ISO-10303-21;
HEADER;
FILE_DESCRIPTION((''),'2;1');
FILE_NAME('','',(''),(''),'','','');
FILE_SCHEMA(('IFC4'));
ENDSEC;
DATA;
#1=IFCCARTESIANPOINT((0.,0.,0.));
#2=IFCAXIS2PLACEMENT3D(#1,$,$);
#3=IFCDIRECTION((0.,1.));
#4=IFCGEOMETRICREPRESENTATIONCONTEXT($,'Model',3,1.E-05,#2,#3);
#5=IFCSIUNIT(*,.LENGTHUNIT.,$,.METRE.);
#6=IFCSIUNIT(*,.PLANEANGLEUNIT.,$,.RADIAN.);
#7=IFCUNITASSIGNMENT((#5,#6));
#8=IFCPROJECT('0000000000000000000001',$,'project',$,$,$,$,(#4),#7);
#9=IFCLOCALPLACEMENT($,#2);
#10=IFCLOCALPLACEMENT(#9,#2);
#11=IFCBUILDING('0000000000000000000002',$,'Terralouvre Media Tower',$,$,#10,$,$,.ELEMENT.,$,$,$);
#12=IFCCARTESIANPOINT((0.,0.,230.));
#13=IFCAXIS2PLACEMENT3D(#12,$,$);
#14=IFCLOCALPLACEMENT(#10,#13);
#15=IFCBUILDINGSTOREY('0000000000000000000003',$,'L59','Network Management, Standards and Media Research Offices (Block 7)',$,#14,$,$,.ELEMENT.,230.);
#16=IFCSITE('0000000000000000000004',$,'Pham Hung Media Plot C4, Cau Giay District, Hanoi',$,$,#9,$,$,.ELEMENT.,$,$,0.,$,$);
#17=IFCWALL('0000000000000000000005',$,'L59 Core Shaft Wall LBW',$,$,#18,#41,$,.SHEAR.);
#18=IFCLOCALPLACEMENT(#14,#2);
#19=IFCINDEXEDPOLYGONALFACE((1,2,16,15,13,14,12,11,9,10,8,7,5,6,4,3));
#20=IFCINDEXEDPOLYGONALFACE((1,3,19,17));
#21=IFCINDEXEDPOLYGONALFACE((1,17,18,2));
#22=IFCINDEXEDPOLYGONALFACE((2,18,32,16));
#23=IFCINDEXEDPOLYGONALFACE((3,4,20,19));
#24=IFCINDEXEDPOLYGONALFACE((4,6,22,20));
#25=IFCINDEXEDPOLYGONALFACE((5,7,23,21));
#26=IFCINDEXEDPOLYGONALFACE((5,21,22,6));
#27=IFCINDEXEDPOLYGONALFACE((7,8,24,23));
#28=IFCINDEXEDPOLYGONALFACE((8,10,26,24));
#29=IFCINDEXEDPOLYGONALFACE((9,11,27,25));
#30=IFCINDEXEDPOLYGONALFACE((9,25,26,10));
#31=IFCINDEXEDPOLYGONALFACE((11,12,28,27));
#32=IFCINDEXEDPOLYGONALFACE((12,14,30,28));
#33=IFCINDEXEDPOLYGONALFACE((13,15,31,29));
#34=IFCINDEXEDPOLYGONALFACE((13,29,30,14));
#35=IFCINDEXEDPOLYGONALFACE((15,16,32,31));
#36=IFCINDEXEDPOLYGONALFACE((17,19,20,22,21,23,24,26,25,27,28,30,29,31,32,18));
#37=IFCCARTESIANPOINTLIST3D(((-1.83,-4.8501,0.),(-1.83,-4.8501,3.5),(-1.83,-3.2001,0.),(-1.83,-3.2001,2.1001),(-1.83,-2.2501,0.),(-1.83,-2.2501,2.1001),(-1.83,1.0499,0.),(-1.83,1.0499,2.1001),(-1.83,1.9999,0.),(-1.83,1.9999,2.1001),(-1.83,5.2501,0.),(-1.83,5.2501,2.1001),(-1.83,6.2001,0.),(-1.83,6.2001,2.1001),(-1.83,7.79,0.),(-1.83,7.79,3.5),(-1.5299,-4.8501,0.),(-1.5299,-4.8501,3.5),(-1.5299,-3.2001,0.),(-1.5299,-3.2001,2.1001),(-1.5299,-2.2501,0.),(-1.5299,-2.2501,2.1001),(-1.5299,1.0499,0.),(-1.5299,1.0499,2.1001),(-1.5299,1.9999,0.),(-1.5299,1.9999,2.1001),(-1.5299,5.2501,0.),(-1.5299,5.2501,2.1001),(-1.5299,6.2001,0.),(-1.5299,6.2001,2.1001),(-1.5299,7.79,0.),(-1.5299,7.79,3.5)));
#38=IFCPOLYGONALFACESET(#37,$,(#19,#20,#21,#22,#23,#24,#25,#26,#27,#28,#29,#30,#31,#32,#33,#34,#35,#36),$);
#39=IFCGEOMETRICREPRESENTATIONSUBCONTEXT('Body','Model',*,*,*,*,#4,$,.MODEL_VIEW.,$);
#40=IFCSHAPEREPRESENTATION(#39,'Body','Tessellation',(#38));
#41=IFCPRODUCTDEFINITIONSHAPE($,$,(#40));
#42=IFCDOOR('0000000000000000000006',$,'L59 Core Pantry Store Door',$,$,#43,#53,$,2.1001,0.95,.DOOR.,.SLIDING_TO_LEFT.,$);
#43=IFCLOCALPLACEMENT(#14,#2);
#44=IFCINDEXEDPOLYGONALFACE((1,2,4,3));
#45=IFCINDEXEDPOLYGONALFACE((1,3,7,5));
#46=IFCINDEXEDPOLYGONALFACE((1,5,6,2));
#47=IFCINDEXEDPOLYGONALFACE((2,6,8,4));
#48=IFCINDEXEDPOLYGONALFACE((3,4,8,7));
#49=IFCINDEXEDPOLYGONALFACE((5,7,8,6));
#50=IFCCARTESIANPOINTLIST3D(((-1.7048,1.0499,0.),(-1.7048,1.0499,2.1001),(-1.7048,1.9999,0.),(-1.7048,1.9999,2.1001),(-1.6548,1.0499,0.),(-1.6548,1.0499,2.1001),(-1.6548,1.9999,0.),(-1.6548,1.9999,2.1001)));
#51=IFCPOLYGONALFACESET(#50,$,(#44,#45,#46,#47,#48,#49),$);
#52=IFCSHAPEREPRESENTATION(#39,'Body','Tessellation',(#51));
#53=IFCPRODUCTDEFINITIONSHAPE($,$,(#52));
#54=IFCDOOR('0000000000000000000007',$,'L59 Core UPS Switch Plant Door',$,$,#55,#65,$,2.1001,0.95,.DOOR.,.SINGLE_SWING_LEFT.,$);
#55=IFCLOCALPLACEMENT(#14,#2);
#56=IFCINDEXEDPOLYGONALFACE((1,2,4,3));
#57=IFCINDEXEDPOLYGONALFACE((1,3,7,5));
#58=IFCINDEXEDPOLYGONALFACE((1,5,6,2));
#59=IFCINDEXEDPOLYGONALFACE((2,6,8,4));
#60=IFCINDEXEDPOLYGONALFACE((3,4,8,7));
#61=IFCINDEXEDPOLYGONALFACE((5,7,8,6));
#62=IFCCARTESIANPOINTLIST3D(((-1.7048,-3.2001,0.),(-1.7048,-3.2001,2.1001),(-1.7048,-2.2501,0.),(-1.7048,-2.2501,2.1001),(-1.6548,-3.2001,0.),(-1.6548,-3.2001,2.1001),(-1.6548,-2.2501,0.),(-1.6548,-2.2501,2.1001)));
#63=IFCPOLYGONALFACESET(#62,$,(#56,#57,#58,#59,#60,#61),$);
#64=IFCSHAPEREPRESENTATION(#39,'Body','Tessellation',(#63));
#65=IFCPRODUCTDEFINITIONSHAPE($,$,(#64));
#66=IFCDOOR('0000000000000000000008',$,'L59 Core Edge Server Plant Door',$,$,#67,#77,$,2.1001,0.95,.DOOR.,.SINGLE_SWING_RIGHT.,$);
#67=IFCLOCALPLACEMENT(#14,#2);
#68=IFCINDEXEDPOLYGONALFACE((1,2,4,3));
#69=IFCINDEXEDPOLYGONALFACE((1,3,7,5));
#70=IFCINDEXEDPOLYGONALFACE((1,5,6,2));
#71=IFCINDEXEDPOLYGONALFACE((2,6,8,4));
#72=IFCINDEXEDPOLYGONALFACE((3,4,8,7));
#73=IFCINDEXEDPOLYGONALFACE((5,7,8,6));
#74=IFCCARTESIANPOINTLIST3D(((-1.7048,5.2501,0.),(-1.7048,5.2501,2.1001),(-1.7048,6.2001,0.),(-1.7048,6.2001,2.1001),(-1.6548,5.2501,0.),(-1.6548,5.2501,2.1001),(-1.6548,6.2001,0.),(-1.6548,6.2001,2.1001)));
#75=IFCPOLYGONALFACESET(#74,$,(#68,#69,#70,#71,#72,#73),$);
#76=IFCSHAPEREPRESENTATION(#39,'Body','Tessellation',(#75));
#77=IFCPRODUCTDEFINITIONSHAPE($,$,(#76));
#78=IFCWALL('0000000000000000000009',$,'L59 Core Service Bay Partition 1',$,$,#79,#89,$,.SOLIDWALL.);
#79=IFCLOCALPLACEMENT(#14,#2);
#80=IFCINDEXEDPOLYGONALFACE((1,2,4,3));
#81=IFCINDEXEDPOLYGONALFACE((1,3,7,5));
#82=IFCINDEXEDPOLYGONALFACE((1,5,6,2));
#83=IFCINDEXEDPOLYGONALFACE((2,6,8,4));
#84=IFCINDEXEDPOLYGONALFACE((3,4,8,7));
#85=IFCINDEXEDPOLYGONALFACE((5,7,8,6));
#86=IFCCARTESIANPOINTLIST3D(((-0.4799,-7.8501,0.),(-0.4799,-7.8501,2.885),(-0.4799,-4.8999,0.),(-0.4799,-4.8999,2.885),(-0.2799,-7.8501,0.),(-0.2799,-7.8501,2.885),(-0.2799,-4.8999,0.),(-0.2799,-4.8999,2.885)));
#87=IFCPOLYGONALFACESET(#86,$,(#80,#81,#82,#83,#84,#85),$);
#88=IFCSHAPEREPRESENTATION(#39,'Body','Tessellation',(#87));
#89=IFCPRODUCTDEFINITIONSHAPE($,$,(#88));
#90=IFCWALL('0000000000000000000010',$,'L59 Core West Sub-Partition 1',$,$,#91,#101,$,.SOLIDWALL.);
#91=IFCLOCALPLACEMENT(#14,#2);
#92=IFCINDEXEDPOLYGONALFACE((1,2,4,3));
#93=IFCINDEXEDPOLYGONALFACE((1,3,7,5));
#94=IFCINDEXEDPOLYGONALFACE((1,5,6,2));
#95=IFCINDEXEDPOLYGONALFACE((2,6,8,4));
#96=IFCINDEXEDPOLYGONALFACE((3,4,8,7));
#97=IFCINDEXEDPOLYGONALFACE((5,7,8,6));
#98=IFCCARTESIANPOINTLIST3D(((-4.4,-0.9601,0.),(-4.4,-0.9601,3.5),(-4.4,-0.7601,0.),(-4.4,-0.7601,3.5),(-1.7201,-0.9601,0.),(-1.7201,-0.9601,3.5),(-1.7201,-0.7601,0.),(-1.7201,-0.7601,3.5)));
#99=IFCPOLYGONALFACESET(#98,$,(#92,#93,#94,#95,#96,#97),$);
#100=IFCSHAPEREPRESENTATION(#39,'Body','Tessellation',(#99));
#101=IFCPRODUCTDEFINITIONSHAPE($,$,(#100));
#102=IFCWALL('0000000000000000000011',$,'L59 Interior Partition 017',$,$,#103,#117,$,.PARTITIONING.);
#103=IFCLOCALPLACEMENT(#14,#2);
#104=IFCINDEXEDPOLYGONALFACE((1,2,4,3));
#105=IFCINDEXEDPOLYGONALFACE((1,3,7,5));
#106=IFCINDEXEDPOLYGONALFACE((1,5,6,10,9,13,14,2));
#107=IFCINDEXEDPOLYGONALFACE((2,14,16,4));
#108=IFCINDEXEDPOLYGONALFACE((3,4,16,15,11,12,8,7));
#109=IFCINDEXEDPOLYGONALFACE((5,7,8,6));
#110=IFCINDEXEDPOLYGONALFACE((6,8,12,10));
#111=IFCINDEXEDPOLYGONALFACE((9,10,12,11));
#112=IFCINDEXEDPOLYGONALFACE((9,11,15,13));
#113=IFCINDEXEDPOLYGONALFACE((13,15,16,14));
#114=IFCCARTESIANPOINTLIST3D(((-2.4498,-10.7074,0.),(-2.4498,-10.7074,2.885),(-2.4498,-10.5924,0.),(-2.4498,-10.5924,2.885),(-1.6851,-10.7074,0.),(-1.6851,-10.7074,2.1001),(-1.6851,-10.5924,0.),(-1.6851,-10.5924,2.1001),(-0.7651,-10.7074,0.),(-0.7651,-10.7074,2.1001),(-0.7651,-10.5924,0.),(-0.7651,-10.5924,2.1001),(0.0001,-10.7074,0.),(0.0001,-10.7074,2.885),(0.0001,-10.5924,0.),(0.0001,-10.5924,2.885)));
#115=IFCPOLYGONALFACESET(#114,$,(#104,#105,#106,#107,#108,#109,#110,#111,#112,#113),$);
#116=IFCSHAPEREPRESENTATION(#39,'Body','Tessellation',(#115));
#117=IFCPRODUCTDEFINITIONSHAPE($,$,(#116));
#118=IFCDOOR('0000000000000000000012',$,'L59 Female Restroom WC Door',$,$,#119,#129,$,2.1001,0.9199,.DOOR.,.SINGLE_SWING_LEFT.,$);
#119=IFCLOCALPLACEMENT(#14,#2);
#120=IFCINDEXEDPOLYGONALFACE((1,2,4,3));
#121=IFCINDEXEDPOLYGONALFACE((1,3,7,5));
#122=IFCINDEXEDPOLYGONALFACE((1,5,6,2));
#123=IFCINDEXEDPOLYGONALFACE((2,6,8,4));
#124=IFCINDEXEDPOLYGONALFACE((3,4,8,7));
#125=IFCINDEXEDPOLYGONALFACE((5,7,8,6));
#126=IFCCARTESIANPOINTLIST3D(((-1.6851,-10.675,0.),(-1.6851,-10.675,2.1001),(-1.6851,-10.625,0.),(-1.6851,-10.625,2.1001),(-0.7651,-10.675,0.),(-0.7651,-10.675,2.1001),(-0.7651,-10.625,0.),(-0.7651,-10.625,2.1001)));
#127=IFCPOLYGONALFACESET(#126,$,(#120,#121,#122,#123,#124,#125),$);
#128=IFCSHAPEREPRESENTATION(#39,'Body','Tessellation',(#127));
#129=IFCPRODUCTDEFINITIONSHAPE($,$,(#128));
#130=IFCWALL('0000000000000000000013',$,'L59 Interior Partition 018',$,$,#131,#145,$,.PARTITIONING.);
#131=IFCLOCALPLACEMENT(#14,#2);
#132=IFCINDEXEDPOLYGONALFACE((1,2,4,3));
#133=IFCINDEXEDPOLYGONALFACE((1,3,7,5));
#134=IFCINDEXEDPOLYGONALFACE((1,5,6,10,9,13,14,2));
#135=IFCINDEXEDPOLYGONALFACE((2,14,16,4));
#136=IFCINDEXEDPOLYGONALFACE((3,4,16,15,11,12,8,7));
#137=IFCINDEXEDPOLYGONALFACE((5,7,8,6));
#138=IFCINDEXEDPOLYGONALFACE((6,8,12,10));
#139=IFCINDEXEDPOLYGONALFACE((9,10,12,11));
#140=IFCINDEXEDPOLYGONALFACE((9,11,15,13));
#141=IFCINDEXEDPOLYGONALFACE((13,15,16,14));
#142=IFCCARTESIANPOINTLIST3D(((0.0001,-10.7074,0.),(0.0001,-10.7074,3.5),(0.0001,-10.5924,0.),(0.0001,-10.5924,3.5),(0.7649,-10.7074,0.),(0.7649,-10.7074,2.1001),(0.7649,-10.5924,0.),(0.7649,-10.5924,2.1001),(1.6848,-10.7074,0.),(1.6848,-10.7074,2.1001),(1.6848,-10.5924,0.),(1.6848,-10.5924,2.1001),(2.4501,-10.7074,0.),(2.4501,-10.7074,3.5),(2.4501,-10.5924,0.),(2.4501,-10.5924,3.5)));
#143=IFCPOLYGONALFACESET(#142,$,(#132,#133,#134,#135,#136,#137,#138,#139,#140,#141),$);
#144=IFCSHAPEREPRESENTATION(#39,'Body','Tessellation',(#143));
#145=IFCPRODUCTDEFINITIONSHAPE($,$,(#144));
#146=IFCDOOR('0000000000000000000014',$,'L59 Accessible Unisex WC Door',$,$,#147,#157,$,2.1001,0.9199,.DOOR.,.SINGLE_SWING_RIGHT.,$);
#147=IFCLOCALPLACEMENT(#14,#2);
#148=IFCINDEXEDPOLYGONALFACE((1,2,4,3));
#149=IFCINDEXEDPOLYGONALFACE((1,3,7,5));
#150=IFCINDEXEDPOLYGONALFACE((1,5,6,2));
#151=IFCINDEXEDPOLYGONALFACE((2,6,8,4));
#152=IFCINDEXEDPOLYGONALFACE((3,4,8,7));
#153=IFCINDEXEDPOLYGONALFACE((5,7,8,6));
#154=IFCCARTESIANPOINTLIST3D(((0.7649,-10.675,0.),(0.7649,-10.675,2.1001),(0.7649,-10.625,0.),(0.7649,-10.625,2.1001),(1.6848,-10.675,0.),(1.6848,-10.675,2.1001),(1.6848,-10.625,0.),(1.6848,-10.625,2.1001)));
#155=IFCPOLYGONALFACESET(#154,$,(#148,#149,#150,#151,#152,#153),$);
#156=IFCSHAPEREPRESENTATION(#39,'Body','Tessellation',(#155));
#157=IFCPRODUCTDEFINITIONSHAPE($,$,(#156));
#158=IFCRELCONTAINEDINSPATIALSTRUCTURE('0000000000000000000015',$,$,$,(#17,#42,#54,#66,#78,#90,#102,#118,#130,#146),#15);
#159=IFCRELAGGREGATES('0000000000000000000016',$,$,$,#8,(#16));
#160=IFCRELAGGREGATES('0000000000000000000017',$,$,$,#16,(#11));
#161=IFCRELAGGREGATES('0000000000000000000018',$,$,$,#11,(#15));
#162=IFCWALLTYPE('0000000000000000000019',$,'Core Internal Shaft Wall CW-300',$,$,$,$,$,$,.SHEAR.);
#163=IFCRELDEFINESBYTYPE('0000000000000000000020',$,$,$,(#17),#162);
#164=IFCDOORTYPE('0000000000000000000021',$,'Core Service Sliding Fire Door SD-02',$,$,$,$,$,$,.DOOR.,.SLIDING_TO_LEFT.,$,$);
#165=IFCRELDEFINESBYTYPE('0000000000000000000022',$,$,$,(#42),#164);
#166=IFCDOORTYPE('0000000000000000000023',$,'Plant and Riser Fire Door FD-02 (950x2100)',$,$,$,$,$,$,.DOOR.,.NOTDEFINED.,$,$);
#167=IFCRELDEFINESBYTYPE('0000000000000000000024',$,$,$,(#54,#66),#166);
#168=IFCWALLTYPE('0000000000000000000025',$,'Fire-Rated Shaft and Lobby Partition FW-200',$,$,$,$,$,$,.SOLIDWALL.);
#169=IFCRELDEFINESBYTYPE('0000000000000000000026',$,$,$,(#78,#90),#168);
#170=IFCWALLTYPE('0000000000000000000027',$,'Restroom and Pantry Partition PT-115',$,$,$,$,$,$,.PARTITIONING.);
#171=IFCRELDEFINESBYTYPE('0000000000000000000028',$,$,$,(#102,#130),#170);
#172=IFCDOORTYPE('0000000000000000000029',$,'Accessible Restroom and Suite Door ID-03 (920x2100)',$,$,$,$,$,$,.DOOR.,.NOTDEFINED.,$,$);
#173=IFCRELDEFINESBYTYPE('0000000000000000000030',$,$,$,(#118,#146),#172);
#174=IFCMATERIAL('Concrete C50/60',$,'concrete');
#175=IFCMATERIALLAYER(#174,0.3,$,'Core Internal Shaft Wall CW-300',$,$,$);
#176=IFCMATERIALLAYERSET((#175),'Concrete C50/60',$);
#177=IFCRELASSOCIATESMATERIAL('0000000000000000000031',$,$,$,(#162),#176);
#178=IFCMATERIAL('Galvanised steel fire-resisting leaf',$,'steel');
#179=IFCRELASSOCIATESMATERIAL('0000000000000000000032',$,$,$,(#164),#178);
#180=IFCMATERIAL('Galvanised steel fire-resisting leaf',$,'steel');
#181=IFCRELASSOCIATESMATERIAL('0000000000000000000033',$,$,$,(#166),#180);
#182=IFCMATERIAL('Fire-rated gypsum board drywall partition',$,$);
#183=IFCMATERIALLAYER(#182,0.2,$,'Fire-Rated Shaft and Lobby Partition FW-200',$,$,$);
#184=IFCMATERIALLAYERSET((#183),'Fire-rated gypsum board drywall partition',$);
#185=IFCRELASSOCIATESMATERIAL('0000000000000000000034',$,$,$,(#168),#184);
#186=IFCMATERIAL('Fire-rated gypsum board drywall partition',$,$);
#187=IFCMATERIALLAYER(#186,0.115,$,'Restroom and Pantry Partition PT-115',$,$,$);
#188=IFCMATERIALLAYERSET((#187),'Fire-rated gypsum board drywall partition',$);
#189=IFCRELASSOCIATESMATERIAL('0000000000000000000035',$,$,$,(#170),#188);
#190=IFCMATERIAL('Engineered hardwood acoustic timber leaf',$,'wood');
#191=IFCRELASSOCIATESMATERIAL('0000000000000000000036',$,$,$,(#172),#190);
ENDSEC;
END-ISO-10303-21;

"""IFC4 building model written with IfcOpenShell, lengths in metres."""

from ifc_helpers import new_model, si_unit, direction, frame, frame_2d, origin, place, context, subcontext, project, spatial, rectangle, extrude, material, layer, layer_set, type_object, element, fill, save


model = new_model("IFC4")

# Units and contexts
model_context = context("Model", 3, precision=1e-05, world=origin(), true_north=direction((0.0, 1.0)))
body_context = subcontext(model_context, "Body", "Model", "MODEL_VIEW")
ifc_project = project(units=[si_unit("LENGTHUNIT", "METRE"), si_unit("PLANEANGLEUNIT", "RADIAN")], contexts=[model_context])

# Site, building, storey
site_placement = place(None, origin())
site = spatial("IfcSite", under=ifc_project, at=site_placement, Name="Pham Hung Media Plot C4, Cau Giay District, Hanoi", CompositionType="ELEMENT", RefElevation=0.0)
building_placement = place(site_placement, origin())
building = spatial("IfcBuilding", under=site, at=building_placement, Name="Terralouvre Media Tower", CompositionType="ELEMENT")
storey_placement = place(building_placement, frame((0.0, 0.0, 230.0)))
storey = spatial("IfcBuildingStorey", under=building, at=storey_placement, Name="L59", Description="Network Management, Standards and Media Research Offices (Block 7)", CompositionType="ELEMENT", Elevation=230.0)

# Shared definitions
ifc_material_1 = material(Name="Concrete C50/60", Category="concrete")
ifc_layer_1 = layer(ifc_material_1, 0.3, Name="Core Internal Shaft Wall CW-300")
ifc_layer_set_1 = layer_set([ifc_layer_1], Name="Concrete C50/60")
wall_type_1 = type_object("IfcWallType", Name="Core Internal Shaft Wall CW-300", PredefinedType="SHEAR", material=ifc_layer_set_1)

# Wall, openings, doors
wall_1_placement = place(storey_placement, frame((-1.6799, -4.8501, 0.0), z_axis=(0.0, 0.0, 1.0), x_axis=(0.0, 1.0, 0.0)))
wall_1 = element("IfcWall", 1, at=wall_1_placement, inside=storey, type_object=wall_type_1, Name="L59 Core Shaft Wall LBW", PredefinedType="SHEAR", context=body_context, shape_type="SweptSolid", body=[
    extrude(rectangle(XDim=12.6401, YDim=0.3, at=frame_2d((6.3201, 0.0))), origin(), (0.0, 0.0, 1.0), 3.5),
])
opening_1_placement = place(wall_1_placement, frame((1.6499, 0.0, 0.0)))
opening_1 = element("IfcOpeningElement", 2, at=opening_1_placement, cuts=wall_1, PredefinedType="OPENING", context=body_context, shape_type="SweptSolid", body=[
    extrude(rectangle(XDim=0.95, YDim=2.1001, at=frame_2d((0.4751, 1.05))), frame((0.0, 0.1599, 0.0), z_axis=(0.0, -1.0, 0.0), x_axis=(1.0, 0.0, 0.0)), (0.0, 0.0, 1.0), 0.3201),
])
opening_2_placement = place(wall_1_placement, frame((5.8999, 0.0, 0.0)))
opening_2 = element("IfcOpeningElement", 3, at=opening_2_placement, cuts=wall_1, PredefinedType="OPENING", context=body_context, shape_type="SweptSolid", body=[
    extrude(rectangle(XDim=0.95, YDim=2.1001, at=frame_2d((0.4751, 1.05))), frame((0.0, 0.1599, 0.0), z_axis=(0.0, -1.0, 0.0), x_axis=(1.0, 0.0, 0.0)), (0.0, 0.0, 1.0), 0.3201),
])
opening_3_placement = place(wall_1_placement, frame((10.1001, 0.0, 0.0)))
opening_3 = element("IfcOpeningElement", 4, at=opening_3_placement, cuts=wall_1, PredefinedType="OPENING", context=body_context, shape_type="SweptSolid", body=[
    extrude(rectangle(XDim=0.95, YDim=2.1001, at=frame_2d((0.4751, 1.05))), frame((0.0, 0.1599, 0.0), z_axis=(0.0, -1.0, 0.0), x_axis=(1.0, 0.0, 0.0)), (0.0, 0.0, 1.0), 0.3201),
])
ifc_material_2 = material(Name="Galvanised steel fire-resisting leaf", Category="steel")
door_type_1 = type_object("IfcDoorType", Name="Core Service Sliding Fire Door SD-02", OperationType="SLIDING_TO_LEFT", PredefinedType="DOOR", material=ifc_material_2)
door_1_placement = place(opening_2_placement, origin())
door_1 = element("IfcDoor", 5, at=door_1_placement, inside=storey, type_object=door_type_1, Name="L59 Core Pantry Store Door", OperationType="SLIDING_TO_LEFT", OverallHeight=2.1001, OverallWidth=0.95, PredefinedType="DOOR", context=body_context, shape_type="SweptSolid", body=[
    extrude(rectangle(XDim=0.95, YDim=2.1001, at=frame_2d((0.4751, 1.05))), frame((0.0, 0.0249, 0.0), z_axis=(0.0, -1.0, 0.0), x_axis=(1.0, 0.0, 0.0)), (0.0, 0.0, 1.0), 0.05),
])
fill(opening_2, door_1)
ifc_material_3 = material(Name="Galvanised steel fire-resisting leaf", Category="steel")
door_type_2 = type_object("IfcDoorType", Name="Plant and Riser Fire Door FD-02 (950x2100)", OperationType="NOTDEFINED", PredefinedType="DOOR", material=ifc_material_3)
door_2_placement = place(opening_1_placement, origin())
door_2 = element("IfcDoor", 6, at=door_2_placement, inside=storey, type_object=door_type_2, Name="L59 Core UPS Switch Plant Door", OperationType="SINGLE_SWING_LEFT", OverallHeight=2.1001, OverallWidth=0.95, PredefinedType="DOOR", context=body_context, shape_type="SweptSolid", body=[
    extrude(rectangle(XDim=0.95, YDim=2.1001, at=frame_2d((0.4751, 1.05))), frame((0.0, 0.0249, 0.0), z_axis=(0.0, -1.0, 0.0), x_axis=(1.0, 0.0, 0.0)), (0.0, 0.0, 1.0), 0.05),
])
fill(opening_1, door_2)
door_3_placement = place(opening_3_placement, origin())
door_3 = element("IfcDoor", 7, at=door_3_placement, inside=storey, type_object=door_type_2, Name="L59 Core Edge Server Plant Door", OperationType="SINGLE_SWING_RIGHT", OverallHeight=2.1001, OverallWidth=0.95, PredefinedType="DOOR", context=body_context, shape_type="SweptSolid", body=[
    extrude(rectangle(XDim=0.95, YDim=2.1001, at=frame_2d((0.4751, 1.05))), frame((0.0, 0.0249, 0.0), z_axis=(0.0, -1.0, 0.0), x_axis=(1.0, 0.0, 0.0)), (0.0, 0.0, 1.0), 0.05),
])
fill(opening_3, door_3)

# Walls
ifc_material_4 = material(Name="Fire-rated gypsum board drywall partition")
ifc_layer_2 = layer(ifc_material_4, 0.2, Name="Fire-Rated Shaft and Lobby Partition FW-200")
ifc_layer_set_2 = layer_set([ifc_layer_2], Name="Fire-rated gypsum board drywall partition")
wall_type_2 = type_object("IfcWallType", Name="Fire-Rated Shaft and Lobby Partition FW-200", PredefinedType="SOLIDWALL", material=ifc_layer_set_2)
wall_2_placement = place(storey_placement, frame((-0.3799, -7.8501, 0.0), z_axis=(0.0, 0.0, 1.0), x_axis=(0.0, 1.0, 0.0)))
element("IfcWall", 8, at=wall_2_placement, inside=storey, type_object=wall_type_2, Name="L59 Core Service Bay Partition 1", PredefinedType="SOLIDWALL", context=body_context, shape_type="SweptSolid", body=[
    extrude(rectangle(XDim=2.9502, YDim=0.2, at=frame_2d((1.4751, 0.0))), origin(), (0.0, 0.0, 1.0), 2.885),
])
wall_3_placement = place(storey_placement, frame((-4.3999, -0.8601, 0.0), z_axis=(0.0, 0.0, 1.0), x_axis=(1.0, 0.0, 0.0)))
element("IfcWall", 9, at=wall_3_placement, inside=storey, type_object=wall_type_2, Name="L59 Core West Sub-Partition 1", PredefinedType="SOLIDWALL", context=body_context, shape_type="SweptSolid", body=[
    extrude(rectangle(XDim=2.6799, YDim=0.2, at=frame_2d((1.3398, 0.0))), origin(), (0.0, 0.0, 1.0), 3.5),
])

# Walls, openings, doors
ifc_material_5 = material(Name="Fire-rated gypsum board drywall partition")
ifc_layer_3 = layer(ifc_material_5, 0.115, Name="Restroom and Pantry Partition PT-115")
ifc_layer_set_3 = layer_set([ifc_layer_3], Name="Fire-rated gypsum board drywall partition")
wall_type_3 = type_object("IfcWallType", Name="Restroom and Pantry Partition PT-115", PredefinedType="PARTITIONING", material=ifc_layer_set_3)
wall_4_placement = place(storey_placement, frame((-2.45, -10.6499, 0.0), z_axis=(0.0, 0.0, 1.0), x_axis=(1.0, 0.0, 0.0)))
wall_4 = element("IfcWall", 10, at=wall_4_placement, inside=storey, type_object=wall_type_3, Name="L59 Interior Partition 017", PredefinedType="PARTITIONING", context=body_context, shape_type="SweptSolid", body=[
    extrude(rectangle(XDim=2.45, YDim=0.115, at=frame_2d((1.2251, 0.0))), origin(), (0.0, 0.0, 1.0), 2.885),
])
opening_4_placement = place(wall_4_placement, frame((0.7649, 0.0, 0.0)))
opening_4 = element("IfcOpeningElement", 11, at=opening_4_placement, cuts=wall_4, PredefinedType="OPENING", context=body_context, shape_type="SweptSolid", body=[
    extrude(rectangle(XDim=0.9199, YDim=2.1001, at=frame_2d((0.46, 1.05))), frame((0.0, 0.0674, 0.0), z_axis=(0.0, -1.0, 0.0), x_axis=(1.0, 0.0, 0.0)), (0.0, 0.0, 1.0), 0.135),
])
ifc_material_6 = material(Name="Engineered hardwood acoustic timber leaf", Category="wood")
door_type_3 = type_object("IfcDoorType", Name="Accessible Restroom and Suite Door ID-03 (920x2100)", OperationType="NOTDEFINED", PredefinedType="DOOR", material=ifc_material_6)
door_4_placement = place(opening_4_placement, origin())
door_4 = element("IfcDoor", 12, at=door_4_placement, inside=storey, type_object=door_type_3, Name="L59 Female Restroom WC Door", OperationType="SINGLE_SWING_LEFT", OverallHeight=2.1001, OverallWidth=0.9199, PredefinedType="DOOR", context=body_context, shape_type="SweptSolid", body=[
    extrude(rectangle(XDim=0.9199, YDim=2.1001, at=frame_2d((0.46, 1.05))), frame((0.0, 0.0249, 0.0), z_axis=(0.0, -1.0, 0.0), x_axis=(1.0, 0.0, 0.0)), (0.0, 0.0, 1.0), 0.05),
])
fill(opening_4, door_4)
wall_5_placement = place(storey_placement, frame((0.0, -10.6499, 0.0), z_axis=(0.0, 0.0, 1.0), x_axis=(1.0, 0.0, 0.0)))
wall_5 = element("IfcWall", 13, at=wall_5_placement, inside=storey, type_object=wall_type_3, Name="L59 Interior Partition 018", PredefinedType="PARTITIONING", context=body_context, shape_type="SweptSolid", body=[
    extrude(rectangle(XDim=2.45, YDim=0.115, at=frame_2d((1.2251, 0.0))), origin(), (0.0, 0.0, 1.0), 3.5),
])
opening_5_placement = place(wall_5_placement, frame((0.7649, 0.0, 0.0)))
opening_5 = element("IfcOpeningElement", 14, at=opening_5_placement, cuts=wall_5, PredefinedType="OPENING", context=body_context, shape_type="SweptSolid", body=[
    extrude(rectangle(XDim=0.9199, YDim=2.1001, at=frame_2d((0.46, 1.05))), frame((0.0, 0.0674, 0.0), z_axis=(0.0, -1.0, 0.0), x_axis=(1.0, 0.0, 0.0)), (0.0, 0.0, 1.0), 0.135),
])
door_5_placement = place(opening_5_placement, origin())
door_5 = element("IfcDoor", 15, at=door_5_placement, inside=storey, type_object=door_type_3, Name="L59 Accessible Unisex WC Door", OperationType="SINGLE_SWING_RIGHT", OverallHeight=2.1001, OverallWidth=0.9199, PredefinedType="DOOR", context=body_context, shape_type="SweptSolid", body=[
    extrude(rectangle(XDim=0.9199, YDim=2.1001, at=frame_2d((0.46, 1.05))), frame((0.0, 0.0249, 0.0), z_axis=(0.0, -1.0, 0.0), x_axis=(1.0, 0.0, 0.0)), (0.0, 0.0, 1.0), 0.05),
])
fill(opening_5, door_5)

save(model, "model.ifc")
